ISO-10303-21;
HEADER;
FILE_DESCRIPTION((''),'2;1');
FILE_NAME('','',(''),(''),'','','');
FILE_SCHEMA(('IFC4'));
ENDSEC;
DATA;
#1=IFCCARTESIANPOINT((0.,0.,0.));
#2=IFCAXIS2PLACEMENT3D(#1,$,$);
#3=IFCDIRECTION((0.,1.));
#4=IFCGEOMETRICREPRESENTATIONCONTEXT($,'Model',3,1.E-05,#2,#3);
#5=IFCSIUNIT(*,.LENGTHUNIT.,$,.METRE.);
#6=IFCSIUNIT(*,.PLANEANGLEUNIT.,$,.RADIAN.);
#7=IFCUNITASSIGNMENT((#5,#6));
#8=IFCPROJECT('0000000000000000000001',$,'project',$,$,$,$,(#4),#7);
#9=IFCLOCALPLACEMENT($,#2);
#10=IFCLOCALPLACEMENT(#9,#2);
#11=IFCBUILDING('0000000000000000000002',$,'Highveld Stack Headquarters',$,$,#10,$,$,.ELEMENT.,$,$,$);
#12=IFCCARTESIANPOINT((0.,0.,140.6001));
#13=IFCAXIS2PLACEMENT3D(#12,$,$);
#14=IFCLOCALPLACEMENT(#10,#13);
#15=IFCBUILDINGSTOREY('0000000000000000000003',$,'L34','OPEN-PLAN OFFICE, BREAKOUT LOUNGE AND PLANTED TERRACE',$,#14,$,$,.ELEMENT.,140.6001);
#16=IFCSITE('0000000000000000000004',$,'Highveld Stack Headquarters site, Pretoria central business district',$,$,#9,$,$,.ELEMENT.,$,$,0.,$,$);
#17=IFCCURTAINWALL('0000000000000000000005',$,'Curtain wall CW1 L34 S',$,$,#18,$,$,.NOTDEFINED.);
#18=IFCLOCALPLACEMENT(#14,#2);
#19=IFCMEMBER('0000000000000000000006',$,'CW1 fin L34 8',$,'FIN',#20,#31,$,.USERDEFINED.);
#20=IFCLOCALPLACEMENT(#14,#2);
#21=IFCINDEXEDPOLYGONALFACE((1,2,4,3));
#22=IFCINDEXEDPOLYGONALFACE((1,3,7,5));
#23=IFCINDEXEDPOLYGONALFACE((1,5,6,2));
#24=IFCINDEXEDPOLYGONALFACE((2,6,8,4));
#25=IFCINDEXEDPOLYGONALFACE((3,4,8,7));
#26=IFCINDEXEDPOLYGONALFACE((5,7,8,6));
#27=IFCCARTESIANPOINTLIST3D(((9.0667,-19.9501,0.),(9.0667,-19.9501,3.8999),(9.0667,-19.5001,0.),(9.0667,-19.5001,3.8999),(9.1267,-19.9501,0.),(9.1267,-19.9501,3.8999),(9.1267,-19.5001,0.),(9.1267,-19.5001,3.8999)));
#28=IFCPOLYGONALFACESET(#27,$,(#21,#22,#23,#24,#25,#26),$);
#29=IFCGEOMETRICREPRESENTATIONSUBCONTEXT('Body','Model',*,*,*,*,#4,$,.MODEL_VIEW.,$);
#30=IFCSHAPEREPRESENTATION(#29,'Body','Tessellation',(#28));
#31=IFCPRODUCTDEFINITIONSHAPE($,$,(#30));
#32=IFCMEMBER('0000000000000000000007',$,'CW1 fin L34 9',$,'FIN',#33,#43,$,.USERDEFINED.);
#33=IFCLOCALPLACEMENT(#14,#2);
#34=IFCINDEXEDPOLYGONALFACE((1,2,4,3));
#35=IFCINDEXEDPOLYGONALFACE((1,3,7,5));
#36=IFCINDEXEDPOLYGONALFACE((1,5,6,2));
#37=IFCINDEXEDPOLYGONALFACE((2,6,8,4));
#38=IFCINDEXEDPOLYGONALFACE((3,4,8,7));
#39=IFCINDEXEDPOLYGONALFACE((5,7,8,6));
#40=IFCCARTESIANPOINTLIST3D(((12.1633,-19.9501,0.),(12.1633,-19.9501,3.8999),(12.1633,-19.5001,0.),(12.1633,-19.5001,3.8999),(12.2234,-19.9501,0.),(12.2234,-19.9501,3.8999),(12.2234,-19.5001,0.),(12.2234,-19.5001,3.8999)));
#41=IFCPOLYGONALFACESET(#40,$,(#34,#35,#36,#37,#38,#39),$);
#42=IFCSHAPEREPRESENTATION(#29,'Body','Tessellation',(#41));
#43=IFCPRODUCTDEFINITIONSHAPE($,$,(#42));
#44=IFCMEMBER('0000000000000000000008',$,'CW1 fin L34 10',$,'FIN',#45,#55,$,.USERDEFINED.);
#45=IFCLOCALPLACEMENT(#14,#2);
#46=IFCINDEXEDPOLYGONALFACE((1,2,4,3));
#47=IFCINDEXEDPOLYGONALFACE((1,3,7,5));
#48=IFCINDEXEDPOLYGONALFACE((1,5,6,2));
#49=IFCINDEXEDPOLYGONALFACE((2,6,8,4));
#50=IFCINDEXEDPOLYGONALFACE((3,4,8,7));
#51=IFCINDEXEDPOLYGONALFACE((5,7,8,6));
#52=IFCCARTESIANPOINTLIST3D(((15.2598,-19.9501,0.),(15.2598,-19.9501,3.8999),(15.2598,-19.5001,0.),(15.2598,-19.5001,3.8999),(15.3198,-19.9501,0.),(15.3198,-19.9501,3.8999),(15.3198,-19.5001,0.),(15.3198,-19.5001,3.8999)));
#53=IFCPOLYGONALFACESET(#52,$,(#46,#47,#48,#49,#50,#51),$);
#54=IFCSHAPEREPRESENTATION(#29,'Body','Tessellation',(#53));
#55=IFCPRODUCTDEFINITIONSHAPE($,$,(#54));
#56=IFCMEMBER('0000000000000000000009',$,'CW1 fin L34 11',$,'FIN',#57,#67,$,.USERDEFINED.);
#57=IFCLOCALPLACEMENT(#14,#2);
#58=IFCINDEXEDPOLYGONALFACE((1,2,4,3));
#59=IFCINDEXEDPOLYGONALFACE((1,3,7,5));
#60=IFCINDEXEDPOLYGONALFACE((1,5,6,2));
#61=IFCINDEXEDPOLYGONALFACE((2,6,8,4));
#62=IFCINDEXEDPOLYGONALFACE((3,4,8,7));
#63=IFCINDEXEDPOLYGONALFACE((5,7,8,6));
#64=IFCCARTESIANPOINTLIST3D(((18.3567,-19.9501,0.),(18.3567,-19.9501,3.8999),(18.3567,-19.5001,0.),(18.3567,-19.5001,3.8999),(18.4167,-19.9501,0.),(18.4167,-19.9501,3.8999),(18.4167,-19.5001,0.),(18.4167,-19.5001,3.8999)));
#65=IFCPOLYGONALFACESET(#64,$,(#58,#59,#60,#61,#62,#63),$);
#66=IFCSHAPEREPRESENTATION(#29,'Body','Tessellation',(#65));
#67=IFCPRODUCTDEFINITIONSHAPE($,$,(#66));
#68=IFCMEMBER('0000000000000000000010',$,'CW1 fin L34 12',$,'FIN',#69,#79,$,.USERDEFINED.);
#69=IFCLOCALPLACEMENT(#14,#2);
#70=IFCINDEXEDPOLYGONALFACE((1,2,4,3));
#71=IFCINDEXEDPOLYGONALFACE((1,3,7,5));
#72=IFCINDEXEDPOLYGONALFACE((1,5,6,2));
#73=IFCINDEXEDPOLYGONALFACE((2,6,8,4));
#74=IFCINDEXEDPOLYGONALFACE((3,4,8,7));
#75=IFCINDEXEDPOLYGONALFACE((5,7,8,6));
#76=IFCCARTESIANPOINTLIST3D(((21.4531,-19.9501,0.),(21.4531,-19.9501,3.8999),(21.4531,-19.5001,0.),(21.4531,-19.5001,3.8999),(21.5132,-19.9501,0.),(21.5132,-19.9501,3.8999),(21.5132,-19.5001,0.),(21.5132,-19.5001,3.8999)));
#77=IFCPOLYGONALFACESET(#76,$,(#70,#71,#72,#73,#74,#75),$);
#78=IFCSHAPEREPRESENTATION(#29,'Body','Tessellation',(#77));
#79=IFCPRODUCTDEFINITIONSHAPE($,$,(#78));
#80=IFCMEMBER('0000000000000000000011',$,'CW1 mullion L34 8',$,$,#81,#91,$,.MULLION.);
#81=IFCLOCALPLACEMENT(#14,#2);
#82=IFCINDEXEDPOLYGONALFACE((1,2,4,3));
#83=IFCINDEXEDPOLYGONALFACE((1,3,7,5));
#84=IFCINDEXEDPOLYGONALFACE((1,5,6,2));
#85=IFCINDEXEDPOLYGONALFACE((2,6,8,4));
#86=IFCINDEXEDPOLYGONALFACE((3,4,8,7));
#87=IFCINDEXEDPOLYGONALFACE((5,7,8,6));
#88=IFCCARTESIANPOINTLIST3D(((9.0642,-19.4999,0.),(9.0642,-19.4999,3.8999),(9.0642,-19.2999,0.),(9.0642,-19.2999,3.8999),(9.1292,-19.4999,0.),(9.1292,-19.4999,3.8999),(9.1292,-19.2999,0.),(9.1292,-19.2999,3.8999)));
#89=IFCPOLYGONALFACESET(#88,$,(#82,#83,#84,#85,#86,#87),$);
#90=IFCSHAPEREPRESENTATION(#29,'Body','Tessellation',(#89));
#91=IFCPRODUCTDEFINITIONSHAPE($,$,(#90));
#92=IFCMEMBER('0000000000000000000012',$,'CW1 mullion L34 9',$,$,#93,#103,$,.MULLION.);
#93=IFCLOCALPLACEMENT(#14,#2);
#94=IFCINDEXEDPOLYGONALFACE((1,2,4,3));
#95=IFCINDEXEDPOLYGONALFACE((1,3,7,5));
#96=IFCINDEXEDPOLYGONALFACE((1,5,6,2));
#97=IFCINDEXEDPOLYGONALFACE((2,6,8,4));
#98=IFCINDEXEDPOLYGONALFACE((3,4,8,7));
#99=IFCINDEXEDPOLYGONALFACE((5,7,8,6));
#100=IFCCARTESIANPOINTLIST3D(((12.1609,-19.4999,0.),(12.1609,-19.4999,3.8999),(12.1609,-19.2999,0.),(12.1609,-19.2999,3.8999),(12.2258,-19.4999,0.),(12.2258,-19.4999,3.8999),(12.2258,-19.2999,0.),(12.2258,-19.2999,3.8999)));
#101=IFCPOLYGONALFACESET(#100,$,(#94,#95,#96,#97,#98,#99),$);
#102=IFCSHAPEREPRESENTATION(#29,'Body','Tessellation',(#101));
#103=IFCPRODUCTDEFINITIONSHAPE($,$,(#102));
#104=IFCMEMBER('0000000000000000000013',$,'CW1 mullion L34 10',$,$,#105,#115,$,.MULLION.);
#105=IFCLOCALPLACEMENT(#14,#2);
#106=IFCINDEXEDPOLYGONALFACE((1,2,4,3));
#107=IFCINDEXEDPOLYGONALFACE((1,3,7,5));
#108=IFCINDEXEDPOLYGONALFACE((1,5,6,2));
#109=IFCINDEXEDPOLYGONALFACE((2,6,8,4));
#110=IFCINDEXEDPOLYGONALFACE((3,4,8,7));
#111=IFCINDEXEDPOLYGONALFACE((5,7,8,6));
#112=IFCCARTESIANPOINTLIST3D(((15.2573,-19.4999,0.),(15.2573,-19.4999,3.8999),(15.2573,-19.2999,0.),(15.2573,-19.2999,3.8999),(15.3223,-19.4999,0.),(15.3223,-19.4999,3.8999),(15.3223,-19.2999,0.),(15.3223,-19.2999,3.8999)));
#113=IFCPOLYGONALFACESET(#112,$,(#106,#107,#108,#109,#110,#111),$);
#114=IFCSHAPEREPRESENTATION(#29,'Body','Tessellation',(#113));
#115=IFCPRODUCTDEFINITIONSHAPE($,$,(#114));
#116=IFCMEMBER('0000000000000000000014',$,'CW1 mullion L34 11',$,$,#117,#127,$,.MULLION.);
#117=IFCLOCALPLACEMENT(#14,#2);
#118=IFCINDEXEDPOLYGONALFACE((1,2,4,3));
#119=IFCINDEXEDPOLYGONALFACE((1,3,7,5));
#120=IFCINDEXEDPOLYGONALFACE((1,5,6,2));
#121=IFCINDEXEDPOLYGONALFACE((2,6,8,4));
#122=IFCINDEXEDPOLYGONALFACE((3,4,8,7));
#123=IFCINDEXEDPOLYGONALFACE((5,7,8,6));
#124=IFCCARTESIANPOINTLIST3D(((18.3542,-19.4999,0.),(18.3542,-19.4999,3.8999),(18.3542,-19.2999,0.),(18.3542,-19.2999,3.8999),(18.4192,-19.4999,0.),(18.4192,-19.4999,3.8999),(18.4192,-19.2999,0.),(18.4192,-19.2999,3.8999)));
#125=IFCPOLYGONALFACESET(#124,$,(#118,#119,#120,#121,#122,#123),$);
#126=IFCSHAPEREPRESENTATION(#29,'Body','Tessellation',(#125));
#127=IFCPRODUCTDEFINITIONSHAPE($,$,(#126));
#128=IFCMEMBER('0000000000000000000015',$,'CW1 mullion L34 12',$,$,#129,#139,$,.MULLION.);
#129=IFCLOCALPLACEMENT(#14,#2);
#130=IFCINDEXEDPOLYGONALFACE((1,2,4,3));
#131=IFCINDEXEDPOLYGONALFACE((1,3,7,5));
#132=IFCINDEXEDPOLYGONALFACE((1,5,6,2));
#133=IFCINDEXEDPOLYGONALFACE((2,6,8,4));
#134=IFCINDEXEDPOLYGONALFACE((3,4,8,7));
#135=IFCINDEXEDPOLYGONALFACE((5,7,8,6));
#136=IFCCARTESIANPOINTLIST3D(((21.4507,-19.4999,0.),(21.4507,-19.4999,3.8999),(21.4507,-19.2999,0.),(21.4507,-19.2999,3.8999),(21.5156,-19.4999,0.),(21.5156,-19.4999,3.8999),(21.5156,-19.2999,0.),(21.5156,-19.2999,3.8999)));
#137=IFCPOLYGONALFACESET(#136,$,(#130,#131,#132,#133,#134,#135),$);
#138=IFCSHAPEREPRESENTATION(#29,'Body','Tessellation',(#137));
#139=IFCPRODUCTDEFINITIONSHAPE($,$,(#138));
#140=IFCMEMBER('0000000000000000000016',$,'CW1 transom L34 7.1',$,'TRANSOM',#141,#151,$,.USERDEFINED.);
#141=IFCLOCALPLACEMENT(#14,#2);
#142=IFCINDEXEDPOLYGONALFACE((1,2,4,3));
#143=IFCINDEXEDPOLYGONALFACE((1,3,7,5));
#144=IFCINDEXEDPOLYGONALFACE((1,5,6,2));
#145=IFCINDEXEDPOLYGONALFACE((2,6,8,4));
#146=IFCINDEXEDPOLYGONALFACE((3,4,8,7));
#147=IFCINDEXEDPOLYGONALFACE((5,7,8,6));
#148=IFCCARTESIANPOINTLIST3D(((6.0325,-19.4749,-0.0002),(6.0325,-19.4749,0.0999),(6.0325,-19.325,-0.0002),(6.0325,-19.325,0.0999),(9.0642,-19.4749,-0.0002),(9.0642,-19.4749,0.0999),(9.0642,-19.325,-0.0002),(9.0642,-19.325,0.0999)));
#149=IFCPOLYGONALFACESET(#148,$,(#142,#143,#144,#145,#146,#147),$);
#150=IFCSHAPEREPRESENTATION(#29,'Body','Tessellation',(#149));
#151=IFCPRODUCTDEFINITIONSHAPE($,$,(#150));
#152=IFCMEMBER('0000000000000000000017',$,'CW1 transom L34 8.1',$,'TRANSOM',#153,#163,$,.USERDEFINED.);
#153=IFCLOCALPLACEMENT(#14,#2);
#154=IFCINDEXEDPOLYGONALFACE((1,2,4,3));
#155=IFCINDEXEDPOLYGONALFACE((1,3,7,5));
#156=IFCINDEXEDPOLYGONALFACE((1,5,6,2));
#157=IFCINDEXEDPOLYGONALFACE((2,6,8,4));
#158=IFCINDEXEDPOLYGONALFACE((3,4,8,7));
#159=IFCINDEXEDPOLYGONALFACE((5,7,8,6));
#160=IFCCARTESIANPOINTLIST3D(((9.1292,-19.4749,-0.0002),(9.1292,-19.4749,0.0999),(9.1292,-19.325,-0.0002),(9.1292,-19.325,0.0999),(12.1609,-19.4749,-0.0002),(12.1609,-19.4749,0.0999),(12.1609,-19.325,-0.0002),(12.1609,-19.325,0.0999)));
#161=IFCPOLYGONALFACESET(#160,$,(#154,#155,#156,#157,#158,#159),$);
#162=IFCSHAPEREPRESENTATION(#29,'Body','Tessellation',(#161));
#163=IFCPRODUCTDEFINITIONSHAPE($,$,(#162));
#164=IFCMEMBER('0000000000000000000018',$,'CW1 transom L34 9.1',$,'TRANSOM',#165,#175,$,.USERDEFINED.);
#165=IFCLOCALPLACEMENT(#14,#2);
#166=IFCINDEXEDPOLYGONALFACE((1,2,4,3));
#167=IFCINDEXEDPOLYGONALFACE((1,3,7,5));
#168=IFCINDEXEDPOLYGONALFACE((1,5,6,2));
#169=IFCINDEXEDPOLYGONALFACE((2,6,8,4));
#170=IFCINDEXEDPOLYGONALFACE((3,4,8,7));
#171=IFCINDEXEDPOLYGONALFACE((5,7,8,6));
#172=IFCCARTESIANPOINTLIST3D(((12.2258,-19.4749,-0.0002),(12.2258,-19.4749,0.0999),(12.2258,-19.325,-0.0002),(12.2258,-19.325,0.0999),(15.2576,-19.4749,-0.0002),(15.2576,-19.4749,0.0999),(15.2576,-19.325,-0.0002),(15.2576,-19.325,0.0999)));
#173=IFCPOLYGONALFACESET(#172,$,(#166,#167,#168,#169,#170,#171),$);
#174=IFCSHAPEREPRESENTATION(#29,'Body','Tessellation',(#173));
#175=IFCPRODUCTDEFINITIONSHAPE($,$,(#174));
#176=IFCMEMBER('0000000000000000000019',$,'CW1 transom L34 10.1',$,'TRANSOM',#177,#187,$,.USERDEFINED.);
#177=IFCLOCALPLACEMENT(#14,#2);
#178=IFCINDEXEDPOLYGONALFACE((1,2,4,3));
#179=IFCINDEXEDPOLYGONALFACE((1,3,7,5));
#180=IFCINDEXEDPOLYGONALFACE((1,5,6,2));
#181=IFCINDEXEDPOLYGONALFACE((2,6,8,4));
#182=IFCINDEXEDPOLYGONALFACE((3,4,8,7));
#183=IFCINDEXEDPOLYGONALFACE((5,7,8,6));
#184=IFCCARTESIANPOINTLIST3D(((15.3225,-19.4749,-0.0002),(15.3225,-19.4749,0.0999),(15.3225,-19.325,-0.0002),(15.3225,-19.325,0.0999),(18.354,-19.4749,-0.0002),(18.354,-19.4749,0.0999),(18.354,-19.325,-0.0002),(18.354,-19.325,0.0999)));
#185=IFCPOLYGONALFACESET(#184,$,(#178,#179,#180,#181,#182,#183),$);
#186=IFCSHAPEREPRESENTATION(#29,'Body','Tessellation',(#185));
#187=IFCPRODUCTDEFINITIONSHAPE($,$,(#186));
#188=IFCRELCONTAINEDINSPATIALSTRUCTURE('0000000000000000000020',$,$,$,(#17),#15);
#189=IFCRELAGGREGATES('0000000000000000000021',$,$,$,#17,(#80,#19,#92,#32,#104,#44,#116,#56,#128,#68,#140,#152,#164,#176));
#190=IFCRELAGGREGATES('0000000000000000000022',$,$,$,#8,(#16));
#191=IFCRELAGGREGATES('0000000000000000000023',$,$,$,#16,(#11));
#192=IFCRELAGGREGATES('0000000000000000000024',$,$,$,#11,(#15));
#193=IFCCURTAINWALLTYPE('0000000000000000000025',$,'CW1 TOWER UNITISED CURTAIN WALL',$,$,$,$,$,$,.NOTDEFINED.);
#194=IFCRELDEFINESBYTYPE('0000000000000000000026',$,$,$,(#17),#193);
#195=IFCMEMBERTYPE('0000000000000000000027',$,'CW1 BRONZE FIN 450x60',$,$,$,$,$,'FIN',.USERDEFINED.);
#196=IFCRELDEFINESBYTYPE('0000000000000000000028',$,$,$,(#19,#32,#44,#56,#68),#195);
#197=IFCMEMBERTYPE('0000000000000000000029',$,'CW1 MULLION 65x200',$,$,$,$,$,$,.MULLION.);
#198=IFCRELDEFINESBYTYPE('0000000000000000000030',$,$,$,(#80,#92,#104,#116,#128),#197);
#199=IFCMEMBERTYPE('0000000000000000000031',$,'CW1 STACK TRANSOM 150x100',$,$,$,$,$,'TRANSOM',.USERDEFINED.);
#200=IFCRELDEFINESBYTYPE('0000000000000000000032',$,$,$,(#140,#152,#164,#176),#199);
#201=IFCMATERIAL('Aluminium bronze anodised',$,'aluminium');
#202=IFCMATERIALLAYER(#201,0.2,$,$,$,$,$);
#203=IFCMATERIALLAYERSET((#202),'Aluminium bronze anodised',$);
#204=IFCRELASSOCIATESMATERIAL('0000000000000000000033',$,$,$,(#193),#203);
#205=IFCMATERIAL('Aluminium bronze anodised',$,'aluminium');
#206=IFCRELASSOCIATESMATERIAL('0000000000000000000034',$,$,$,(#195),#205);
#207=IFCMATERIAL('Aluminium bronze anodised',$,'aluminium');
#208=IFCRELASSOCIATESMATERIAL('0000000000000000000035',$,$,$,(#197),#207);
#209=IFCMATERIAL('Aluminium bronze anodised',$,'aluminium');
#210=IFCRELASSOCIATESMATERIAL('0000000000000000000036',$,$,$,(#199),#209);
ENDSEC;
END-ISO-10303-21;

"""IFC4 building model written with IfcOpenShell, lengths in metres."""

from ifc_helpers import new_model, si_unit, direction, frame, origin, origin_2d, place, context, subcontext, project, spatial, rectangle, extrude, material, layer, layer_set, material_profile, profile_set, type_object, element, aggregate, save


model = new_model("IFC4")

# Units and contexts
model_context = context("Model", 3, precision=1e-05, world=origin(), true_north=direction((0.0, 1.0)))
body_context = subcontext(model_context, "Body", "Model", "MODEL_VIEW")
ifc_project = project(units=[si_unit("LENGTHUNIT", "METRE"), si_unit("PLANEANGLEUNIT", "RADIAN")], contexts=[model_context])

# Site, building, storey
site_placement = place(None, origin())
site = spatial("IfcSite", under=ifc_project, at=site_placement, Name="Highveld Stack Headquarters site, Pretoria central business district", CompositionType="ELEMENT", RefElevation=0.0)
building_placement = place(site_placement, origin())
building = spatial("IfcBuilding", under=site, at=building_placement, Name="Highveld Stack Headquarters", CompositionType="ELEMENT")
storey_placement = place(building_placement, frame((0.0, 0.0, 140.6001)))
storey = spatial("IfcBuildingStorey", under=building, at=storey_placement, Name="L34", Description="OPEN-PLAN OFFICE, BREAKOUT LOUNGE AND PLANTED TERRACE", CompositionType="ELEMENT", Elevation=140.6001)

# Curtain wall, members
ifc_material_1 = material(Name="Aluminium bronze anodised", Category="aluminium")
ifc_layer_1 = layer(ifc_material_1, 0.2)
ifc_layer_set_1 = layer_set([ifc_layer_1], Name="Aluminium bronze anodised")
curtain_wall_type = type_object("IfcCurtainWallType", Name="CW1 TOWER UNITISED CURTAIN WALL", PredefinedType="NOTDEFINED", material=ifc_layer_set_1)
curtain_wall_placement = place(storey_placement, origin())
curtain_wall = element("IfcCurtainWall", 1, at=curtain_wall_placement, inside=storey, type_object=curtain_wall_type, Name="Curtain wall CW1 L34 S", PredefinedType="NOTDEFINED")
ifc_material_2 = material(Name="Aluminium bronze anodised", Category="aluminium")
ifc_material_profile_1 = material_profile(ifc_material_2, rectangle(XDim=0.45, YDim=0.0601, at=origin_2d()), Name="FIN 450x60")
ifc_profile_set_1 = profile_set([ifc_material_profile_1], Name="Aluminium bronze anodised")
member_type_1 = type_object("IfcMemberType", Name="CW1 BRONZE FIN 450x60", ElementType="FIN", PredefinedType="USERDEFINED", material=ifc_profile_set_1)
member_1_placement = place(storey_placement, frame((9.0967, -19.7251, 0.0), z_axis=(0.0, 0.0, 1.0), x_axis=(0.0, 1.0, 0.0)))
member_1 = element("IfcMember", 2, at=member_1_placement, type_object=member_type_1, Name="CW1 fin L34 8", ObjectType="FIN", PredefinedType="USERDEFINED", context=body_context, shape_type="SweptSolid", body=[
    extrude(rectangle(XDim=0.45, YDim=0.0601, at=origin_2d()), origin(), (0.0, 0.0, 1.0), 3.8999),
])
member_2_placement = place(storey_placement, frame((12.1934, -19.7251, 0.0), z_axis=(0.0, 0.0, 1.0), x_axis=(0.0, 1.0, 0.0)))
member_2 = element("IfcMember", 3, at=member_2_placement, type_object=member_type_1, Name="CW1 fin L34 9", ObjectType="FIN", PredefinedType="USERDEFINED", context=body_context, shape_type="SweptSolid", body=[
    extrude(rectangle(XDim=0.45, YDim=0.0601, at=origin_2d()), origin(), (0.0, 0.0, 1.0), 3.8999),
])
member_3_placement = place(storey_placement, frame((15.2898, -19.7251, 0.0), z_axis=(0.0, 0.0, 1.0), x_axis=(0.0, 1.0, 0.0)))
member_3 = element("IfcMember", 4, at=member_3_placement, type_object=member_type_1, Name="CW1 fin L34 10", ObjectType="FIN", PredefinedType="USERDEFINED", context=body_context, shape_type="SweptSolid", body=[
    extrude(rectangle(XDim=0.45, YDim=0.0601, at=origin_2d()), origin(), (0.0, 0.0, 1.0), 3.8999),
])
member_4_placement = place(storey_placement, frame((18.3867, -19.7251, 0.0), z_axis=(0.0, 0.0, 1.0), x_axis=(0.0, 1.0, 0.0)))
member_4 = element("IfcMember", 5, at=member_4_placement, type_object=member_type_1, Name="CW1 fin L34 11", ObjectType="FIN", PredefinedType="USERDEFINED", context=body_context, shape_type="SweptSolid", body=[
    extrude(rectangle(XDim=0.45, YDim=0.0601, at=origin_2d()), origin(), (0.0, 0.0, 1.0), 3.8999),
])
member_5_placement = place(storey_placement, frame((21.4832, -19.7251, 0.0), z_axis=(0.0, 0.0, 1.0), x_axis=(0.0, 1.0, 0.0)))
member_5 = element("IfcMember", 6, at=member_5_placement, type_object=member_type_1, Name="CW1 fin L34 12", ObjectType="FIN", PredefinedType="USERDEFINED", context=body_context, shape_type="SweptSolid", body=[
    extrude(rectangle(XDim=0.45, YDim=0.0601, at=origin_2d()), origin(), (0.0, 0.0, 1.0), 3.8999),
])
ifc_material_3 = material(Name="Aluminium bronze anodised", Category="aluminium")
ifc_material_profile_2 = material_profile(ifc_material_3, rectangle(XDim=0.2, YDim=0.0649, at=origin_2d()), Name="CW1 MULLION 65x200")
ifc_profile_set_2 = profile_set([ifc_material_profile_2], Name="Aluminium bronze anodised")
member_type_2 = type_object("IfcMemberType", Name="CW1 MULLION 65x200", PredefinedType="MULLION", material=ifc_profile_set_2)
member_6_placement = place(storey_placement, frame((9.0967, -19.3999, 0.0), z_axis=(0.0, 0.0, 1.0), x_axis=(0.0, 1.0, 0.0)))
member_6 = element("IfcMember", 7, at=member_6_placement, type_object=member_type_2, Name="CW1 mullion L34 8", PredefinedType="MULLION", context=body_context, shape_type="SweptSolid", body=[
    extrude(rectangle(XDim=0.2, YDim=0.0649, at=origin_2d()), origin(), (0.0, 0.0, 1.0), 3.8999),
])
member_7_placement = place(storey_placement, frame((12.1934, -19.3999, 0.0), z_axis=(0.0, 0.0, 1.0), x_axis=(0.0, 1.0, 0.0)))
member_7 = element("IfcMember", 8, at=member_7_placement, type_object=member_type_2, Name="CW1 mullion L34 9", PredefinedType="MULLION", context=body_context, shape_type="SweptSolid", body=[
    extrude(rectangle(XDim=0.2, YDim=0.0649, at=origin_2d()), origin(), (0.0, 0.0, 1.0), 3.8999),
])
member_8_placement = place(storey_placement, frame((15.2898, -19.3999, 0.0), z_axis=(0.0, 0.0, 1.0), x_axis=(0.0, 1.0, 0.0)))
member_8 = element("IfcMember", 9, at=member_8_placement, type_object=member_type_2, Name="CW1 mullion L34 10", PredefinedType="MULLION", context=body_context, shape_type="SweptSolid", body=[
    extrude(rectangle(XDim=0.2, YDim=0.0649, at=origin_2d()), origin(), (0.0, 0.0, 1.0), 3.8999),
])
member_9_placement = place(storey_placement, frame((18.3867, -19.3999, 0.0), z_axis=(0.0, 0.0, 1.0), x_axis=(0.0, 1.0, 0.0)))
member_9 = element("IfcMember", 10, at=member_9_placement, type_object=member_type_2, Name="CW1 mullion L34 11", PredefinedType="MULLION", context=body_context, shape_type="SweptSolid", body=[
    extrude(rectangle(XDim=0.2, YDim=0.0649, at=origin_2d()), origin(), (0.0, 0.0, 1.0), 3.8999),
])
member_10_placement = place(storey_placement, frame((21.4832, -19.3999, 0.0), z_axis=(0.0, 0.0, 1.0), x_axis=(0.0, 1.0, 0.0)))
member_10 = element("IfcMember", 11, at=member_10_placement, type_object=member_type_2, Name="CW1 mullion L34 12", PredefinedType="MULLION", context=body_context, shape_type="SweptSolid", body=[
    extrude(rectangle(XDim=0.2, YDim=0.0649, at=origin_2d()), origin(), (0.0, 0.0, 1.0), 3.8999),
])
ifc_material_4 = material(Name="Aluminium bronze anodised", Category="aluminium")
ifc_material_profile_3 = material_profile(ifc_material_4, rectangle(XDim=0.1499, YDim=0.1001, at=origin_2d()), Name="CW1 TRANSOM 150x100")
ifc_profile_set_3 = profile_set([ifc_material_profile_3], Name="Aluminium bronze anodised")
member_type_3 = type_object("IfcMemberType", Name="CW1 STACK TRANSOM 150x100", ElementType="TRANSOM", PredefinedType="USERDEFINED", material=ifc_profile_set_3)
member_11_placement = place(storey_placement, frame((6.0325, -19.3999, 0.0498), z_axis=(1.0, 0.0, 0.0), x_axis=(0.0, 1.0, 0.0)))
member_11 = element("IfcMember", 12, at=member_11_placement, type_object=member_type_3, Name="CW1 transom L34 7.1", ObjectType="TRANSOM", PredefinedType="USERDEFINED", context=body_context, shape_type="SweptSolid", body=[
    extrude(rectangle(XDim=0.1499, YDim=0.1001, at=origin_2d()), origin(), (0.0, 0.0, 1.0), 3.0317),
])
member_12_placement = place(storey_placement, frame((9.1292, -19.3999, 0.0498), z_axis=(1.0, 0.0, 0.0), x_axis=(0.0, 1.0, 0.0)))
member_12 = element("IfcMember", 13, at=member_12_placement, type_object=member_type_3, Name="CW1 transom L34 8.1", ObjectType="TRANSOM", PredefinedType="USERDEFINED", context=body_context, shape_type="SweptSolid", body=[
    extrude(rectangle(XDim=0.1499, YDim=0.1001, at=origin_2d()), origin(), (0.0, 0.0, 1.0), 3.0317),
])
member_13_placement = place(storey_placement, frame((12.2258, -19.3999, 0.0498), z_axis=(1.0, 0.0, 0.0), x_axis=(0.0, 1.0, 0.0)))
member_13 = element("IfcMember", 14, at=member_13_placement, type_object=member_type_3, Name="CW1 transom L34 9.1", ObjectType="TRANSOM", PredefinedType="USERDEFINED", context=body_context, shape_type="SweptSolid", body=[
    extrude(rectangle(XDim=0.1499, YDim=0.1001, at=origin_2d()), origin(), (0.0, 0.0, 1.0), 3.0317),
])
member_14_placement = place(storey_placement, frame((15.3225, -19.3999, 0.0498), z_axis=(1.0, 0.0, 0.0), x_axis=(0.0, 1.0, 0.0)))
member_14 = element("IfcMember", 15, at=member_14_placement, type_object=member_type_3, Name="CW1 transom L34 10.1", ObjectType="TRANSOM", PredefinedType="USERDEFINED", context=body_context, shape_type="SweptSolid", body=[
    extrude(rectangle(XDim=0.1499, YDim=0.1001, at=origin_2d()), origin(), (0.0, 0.0, 1.0), 3.0315),
])
aggregate(curtain_wall, [member_6, member_1, member_7, member_2, member_8, member_3, member_9, member_4, member_10, member_5, member_11, member_12, member_13, member_14])

save(model, "model.ifc")
